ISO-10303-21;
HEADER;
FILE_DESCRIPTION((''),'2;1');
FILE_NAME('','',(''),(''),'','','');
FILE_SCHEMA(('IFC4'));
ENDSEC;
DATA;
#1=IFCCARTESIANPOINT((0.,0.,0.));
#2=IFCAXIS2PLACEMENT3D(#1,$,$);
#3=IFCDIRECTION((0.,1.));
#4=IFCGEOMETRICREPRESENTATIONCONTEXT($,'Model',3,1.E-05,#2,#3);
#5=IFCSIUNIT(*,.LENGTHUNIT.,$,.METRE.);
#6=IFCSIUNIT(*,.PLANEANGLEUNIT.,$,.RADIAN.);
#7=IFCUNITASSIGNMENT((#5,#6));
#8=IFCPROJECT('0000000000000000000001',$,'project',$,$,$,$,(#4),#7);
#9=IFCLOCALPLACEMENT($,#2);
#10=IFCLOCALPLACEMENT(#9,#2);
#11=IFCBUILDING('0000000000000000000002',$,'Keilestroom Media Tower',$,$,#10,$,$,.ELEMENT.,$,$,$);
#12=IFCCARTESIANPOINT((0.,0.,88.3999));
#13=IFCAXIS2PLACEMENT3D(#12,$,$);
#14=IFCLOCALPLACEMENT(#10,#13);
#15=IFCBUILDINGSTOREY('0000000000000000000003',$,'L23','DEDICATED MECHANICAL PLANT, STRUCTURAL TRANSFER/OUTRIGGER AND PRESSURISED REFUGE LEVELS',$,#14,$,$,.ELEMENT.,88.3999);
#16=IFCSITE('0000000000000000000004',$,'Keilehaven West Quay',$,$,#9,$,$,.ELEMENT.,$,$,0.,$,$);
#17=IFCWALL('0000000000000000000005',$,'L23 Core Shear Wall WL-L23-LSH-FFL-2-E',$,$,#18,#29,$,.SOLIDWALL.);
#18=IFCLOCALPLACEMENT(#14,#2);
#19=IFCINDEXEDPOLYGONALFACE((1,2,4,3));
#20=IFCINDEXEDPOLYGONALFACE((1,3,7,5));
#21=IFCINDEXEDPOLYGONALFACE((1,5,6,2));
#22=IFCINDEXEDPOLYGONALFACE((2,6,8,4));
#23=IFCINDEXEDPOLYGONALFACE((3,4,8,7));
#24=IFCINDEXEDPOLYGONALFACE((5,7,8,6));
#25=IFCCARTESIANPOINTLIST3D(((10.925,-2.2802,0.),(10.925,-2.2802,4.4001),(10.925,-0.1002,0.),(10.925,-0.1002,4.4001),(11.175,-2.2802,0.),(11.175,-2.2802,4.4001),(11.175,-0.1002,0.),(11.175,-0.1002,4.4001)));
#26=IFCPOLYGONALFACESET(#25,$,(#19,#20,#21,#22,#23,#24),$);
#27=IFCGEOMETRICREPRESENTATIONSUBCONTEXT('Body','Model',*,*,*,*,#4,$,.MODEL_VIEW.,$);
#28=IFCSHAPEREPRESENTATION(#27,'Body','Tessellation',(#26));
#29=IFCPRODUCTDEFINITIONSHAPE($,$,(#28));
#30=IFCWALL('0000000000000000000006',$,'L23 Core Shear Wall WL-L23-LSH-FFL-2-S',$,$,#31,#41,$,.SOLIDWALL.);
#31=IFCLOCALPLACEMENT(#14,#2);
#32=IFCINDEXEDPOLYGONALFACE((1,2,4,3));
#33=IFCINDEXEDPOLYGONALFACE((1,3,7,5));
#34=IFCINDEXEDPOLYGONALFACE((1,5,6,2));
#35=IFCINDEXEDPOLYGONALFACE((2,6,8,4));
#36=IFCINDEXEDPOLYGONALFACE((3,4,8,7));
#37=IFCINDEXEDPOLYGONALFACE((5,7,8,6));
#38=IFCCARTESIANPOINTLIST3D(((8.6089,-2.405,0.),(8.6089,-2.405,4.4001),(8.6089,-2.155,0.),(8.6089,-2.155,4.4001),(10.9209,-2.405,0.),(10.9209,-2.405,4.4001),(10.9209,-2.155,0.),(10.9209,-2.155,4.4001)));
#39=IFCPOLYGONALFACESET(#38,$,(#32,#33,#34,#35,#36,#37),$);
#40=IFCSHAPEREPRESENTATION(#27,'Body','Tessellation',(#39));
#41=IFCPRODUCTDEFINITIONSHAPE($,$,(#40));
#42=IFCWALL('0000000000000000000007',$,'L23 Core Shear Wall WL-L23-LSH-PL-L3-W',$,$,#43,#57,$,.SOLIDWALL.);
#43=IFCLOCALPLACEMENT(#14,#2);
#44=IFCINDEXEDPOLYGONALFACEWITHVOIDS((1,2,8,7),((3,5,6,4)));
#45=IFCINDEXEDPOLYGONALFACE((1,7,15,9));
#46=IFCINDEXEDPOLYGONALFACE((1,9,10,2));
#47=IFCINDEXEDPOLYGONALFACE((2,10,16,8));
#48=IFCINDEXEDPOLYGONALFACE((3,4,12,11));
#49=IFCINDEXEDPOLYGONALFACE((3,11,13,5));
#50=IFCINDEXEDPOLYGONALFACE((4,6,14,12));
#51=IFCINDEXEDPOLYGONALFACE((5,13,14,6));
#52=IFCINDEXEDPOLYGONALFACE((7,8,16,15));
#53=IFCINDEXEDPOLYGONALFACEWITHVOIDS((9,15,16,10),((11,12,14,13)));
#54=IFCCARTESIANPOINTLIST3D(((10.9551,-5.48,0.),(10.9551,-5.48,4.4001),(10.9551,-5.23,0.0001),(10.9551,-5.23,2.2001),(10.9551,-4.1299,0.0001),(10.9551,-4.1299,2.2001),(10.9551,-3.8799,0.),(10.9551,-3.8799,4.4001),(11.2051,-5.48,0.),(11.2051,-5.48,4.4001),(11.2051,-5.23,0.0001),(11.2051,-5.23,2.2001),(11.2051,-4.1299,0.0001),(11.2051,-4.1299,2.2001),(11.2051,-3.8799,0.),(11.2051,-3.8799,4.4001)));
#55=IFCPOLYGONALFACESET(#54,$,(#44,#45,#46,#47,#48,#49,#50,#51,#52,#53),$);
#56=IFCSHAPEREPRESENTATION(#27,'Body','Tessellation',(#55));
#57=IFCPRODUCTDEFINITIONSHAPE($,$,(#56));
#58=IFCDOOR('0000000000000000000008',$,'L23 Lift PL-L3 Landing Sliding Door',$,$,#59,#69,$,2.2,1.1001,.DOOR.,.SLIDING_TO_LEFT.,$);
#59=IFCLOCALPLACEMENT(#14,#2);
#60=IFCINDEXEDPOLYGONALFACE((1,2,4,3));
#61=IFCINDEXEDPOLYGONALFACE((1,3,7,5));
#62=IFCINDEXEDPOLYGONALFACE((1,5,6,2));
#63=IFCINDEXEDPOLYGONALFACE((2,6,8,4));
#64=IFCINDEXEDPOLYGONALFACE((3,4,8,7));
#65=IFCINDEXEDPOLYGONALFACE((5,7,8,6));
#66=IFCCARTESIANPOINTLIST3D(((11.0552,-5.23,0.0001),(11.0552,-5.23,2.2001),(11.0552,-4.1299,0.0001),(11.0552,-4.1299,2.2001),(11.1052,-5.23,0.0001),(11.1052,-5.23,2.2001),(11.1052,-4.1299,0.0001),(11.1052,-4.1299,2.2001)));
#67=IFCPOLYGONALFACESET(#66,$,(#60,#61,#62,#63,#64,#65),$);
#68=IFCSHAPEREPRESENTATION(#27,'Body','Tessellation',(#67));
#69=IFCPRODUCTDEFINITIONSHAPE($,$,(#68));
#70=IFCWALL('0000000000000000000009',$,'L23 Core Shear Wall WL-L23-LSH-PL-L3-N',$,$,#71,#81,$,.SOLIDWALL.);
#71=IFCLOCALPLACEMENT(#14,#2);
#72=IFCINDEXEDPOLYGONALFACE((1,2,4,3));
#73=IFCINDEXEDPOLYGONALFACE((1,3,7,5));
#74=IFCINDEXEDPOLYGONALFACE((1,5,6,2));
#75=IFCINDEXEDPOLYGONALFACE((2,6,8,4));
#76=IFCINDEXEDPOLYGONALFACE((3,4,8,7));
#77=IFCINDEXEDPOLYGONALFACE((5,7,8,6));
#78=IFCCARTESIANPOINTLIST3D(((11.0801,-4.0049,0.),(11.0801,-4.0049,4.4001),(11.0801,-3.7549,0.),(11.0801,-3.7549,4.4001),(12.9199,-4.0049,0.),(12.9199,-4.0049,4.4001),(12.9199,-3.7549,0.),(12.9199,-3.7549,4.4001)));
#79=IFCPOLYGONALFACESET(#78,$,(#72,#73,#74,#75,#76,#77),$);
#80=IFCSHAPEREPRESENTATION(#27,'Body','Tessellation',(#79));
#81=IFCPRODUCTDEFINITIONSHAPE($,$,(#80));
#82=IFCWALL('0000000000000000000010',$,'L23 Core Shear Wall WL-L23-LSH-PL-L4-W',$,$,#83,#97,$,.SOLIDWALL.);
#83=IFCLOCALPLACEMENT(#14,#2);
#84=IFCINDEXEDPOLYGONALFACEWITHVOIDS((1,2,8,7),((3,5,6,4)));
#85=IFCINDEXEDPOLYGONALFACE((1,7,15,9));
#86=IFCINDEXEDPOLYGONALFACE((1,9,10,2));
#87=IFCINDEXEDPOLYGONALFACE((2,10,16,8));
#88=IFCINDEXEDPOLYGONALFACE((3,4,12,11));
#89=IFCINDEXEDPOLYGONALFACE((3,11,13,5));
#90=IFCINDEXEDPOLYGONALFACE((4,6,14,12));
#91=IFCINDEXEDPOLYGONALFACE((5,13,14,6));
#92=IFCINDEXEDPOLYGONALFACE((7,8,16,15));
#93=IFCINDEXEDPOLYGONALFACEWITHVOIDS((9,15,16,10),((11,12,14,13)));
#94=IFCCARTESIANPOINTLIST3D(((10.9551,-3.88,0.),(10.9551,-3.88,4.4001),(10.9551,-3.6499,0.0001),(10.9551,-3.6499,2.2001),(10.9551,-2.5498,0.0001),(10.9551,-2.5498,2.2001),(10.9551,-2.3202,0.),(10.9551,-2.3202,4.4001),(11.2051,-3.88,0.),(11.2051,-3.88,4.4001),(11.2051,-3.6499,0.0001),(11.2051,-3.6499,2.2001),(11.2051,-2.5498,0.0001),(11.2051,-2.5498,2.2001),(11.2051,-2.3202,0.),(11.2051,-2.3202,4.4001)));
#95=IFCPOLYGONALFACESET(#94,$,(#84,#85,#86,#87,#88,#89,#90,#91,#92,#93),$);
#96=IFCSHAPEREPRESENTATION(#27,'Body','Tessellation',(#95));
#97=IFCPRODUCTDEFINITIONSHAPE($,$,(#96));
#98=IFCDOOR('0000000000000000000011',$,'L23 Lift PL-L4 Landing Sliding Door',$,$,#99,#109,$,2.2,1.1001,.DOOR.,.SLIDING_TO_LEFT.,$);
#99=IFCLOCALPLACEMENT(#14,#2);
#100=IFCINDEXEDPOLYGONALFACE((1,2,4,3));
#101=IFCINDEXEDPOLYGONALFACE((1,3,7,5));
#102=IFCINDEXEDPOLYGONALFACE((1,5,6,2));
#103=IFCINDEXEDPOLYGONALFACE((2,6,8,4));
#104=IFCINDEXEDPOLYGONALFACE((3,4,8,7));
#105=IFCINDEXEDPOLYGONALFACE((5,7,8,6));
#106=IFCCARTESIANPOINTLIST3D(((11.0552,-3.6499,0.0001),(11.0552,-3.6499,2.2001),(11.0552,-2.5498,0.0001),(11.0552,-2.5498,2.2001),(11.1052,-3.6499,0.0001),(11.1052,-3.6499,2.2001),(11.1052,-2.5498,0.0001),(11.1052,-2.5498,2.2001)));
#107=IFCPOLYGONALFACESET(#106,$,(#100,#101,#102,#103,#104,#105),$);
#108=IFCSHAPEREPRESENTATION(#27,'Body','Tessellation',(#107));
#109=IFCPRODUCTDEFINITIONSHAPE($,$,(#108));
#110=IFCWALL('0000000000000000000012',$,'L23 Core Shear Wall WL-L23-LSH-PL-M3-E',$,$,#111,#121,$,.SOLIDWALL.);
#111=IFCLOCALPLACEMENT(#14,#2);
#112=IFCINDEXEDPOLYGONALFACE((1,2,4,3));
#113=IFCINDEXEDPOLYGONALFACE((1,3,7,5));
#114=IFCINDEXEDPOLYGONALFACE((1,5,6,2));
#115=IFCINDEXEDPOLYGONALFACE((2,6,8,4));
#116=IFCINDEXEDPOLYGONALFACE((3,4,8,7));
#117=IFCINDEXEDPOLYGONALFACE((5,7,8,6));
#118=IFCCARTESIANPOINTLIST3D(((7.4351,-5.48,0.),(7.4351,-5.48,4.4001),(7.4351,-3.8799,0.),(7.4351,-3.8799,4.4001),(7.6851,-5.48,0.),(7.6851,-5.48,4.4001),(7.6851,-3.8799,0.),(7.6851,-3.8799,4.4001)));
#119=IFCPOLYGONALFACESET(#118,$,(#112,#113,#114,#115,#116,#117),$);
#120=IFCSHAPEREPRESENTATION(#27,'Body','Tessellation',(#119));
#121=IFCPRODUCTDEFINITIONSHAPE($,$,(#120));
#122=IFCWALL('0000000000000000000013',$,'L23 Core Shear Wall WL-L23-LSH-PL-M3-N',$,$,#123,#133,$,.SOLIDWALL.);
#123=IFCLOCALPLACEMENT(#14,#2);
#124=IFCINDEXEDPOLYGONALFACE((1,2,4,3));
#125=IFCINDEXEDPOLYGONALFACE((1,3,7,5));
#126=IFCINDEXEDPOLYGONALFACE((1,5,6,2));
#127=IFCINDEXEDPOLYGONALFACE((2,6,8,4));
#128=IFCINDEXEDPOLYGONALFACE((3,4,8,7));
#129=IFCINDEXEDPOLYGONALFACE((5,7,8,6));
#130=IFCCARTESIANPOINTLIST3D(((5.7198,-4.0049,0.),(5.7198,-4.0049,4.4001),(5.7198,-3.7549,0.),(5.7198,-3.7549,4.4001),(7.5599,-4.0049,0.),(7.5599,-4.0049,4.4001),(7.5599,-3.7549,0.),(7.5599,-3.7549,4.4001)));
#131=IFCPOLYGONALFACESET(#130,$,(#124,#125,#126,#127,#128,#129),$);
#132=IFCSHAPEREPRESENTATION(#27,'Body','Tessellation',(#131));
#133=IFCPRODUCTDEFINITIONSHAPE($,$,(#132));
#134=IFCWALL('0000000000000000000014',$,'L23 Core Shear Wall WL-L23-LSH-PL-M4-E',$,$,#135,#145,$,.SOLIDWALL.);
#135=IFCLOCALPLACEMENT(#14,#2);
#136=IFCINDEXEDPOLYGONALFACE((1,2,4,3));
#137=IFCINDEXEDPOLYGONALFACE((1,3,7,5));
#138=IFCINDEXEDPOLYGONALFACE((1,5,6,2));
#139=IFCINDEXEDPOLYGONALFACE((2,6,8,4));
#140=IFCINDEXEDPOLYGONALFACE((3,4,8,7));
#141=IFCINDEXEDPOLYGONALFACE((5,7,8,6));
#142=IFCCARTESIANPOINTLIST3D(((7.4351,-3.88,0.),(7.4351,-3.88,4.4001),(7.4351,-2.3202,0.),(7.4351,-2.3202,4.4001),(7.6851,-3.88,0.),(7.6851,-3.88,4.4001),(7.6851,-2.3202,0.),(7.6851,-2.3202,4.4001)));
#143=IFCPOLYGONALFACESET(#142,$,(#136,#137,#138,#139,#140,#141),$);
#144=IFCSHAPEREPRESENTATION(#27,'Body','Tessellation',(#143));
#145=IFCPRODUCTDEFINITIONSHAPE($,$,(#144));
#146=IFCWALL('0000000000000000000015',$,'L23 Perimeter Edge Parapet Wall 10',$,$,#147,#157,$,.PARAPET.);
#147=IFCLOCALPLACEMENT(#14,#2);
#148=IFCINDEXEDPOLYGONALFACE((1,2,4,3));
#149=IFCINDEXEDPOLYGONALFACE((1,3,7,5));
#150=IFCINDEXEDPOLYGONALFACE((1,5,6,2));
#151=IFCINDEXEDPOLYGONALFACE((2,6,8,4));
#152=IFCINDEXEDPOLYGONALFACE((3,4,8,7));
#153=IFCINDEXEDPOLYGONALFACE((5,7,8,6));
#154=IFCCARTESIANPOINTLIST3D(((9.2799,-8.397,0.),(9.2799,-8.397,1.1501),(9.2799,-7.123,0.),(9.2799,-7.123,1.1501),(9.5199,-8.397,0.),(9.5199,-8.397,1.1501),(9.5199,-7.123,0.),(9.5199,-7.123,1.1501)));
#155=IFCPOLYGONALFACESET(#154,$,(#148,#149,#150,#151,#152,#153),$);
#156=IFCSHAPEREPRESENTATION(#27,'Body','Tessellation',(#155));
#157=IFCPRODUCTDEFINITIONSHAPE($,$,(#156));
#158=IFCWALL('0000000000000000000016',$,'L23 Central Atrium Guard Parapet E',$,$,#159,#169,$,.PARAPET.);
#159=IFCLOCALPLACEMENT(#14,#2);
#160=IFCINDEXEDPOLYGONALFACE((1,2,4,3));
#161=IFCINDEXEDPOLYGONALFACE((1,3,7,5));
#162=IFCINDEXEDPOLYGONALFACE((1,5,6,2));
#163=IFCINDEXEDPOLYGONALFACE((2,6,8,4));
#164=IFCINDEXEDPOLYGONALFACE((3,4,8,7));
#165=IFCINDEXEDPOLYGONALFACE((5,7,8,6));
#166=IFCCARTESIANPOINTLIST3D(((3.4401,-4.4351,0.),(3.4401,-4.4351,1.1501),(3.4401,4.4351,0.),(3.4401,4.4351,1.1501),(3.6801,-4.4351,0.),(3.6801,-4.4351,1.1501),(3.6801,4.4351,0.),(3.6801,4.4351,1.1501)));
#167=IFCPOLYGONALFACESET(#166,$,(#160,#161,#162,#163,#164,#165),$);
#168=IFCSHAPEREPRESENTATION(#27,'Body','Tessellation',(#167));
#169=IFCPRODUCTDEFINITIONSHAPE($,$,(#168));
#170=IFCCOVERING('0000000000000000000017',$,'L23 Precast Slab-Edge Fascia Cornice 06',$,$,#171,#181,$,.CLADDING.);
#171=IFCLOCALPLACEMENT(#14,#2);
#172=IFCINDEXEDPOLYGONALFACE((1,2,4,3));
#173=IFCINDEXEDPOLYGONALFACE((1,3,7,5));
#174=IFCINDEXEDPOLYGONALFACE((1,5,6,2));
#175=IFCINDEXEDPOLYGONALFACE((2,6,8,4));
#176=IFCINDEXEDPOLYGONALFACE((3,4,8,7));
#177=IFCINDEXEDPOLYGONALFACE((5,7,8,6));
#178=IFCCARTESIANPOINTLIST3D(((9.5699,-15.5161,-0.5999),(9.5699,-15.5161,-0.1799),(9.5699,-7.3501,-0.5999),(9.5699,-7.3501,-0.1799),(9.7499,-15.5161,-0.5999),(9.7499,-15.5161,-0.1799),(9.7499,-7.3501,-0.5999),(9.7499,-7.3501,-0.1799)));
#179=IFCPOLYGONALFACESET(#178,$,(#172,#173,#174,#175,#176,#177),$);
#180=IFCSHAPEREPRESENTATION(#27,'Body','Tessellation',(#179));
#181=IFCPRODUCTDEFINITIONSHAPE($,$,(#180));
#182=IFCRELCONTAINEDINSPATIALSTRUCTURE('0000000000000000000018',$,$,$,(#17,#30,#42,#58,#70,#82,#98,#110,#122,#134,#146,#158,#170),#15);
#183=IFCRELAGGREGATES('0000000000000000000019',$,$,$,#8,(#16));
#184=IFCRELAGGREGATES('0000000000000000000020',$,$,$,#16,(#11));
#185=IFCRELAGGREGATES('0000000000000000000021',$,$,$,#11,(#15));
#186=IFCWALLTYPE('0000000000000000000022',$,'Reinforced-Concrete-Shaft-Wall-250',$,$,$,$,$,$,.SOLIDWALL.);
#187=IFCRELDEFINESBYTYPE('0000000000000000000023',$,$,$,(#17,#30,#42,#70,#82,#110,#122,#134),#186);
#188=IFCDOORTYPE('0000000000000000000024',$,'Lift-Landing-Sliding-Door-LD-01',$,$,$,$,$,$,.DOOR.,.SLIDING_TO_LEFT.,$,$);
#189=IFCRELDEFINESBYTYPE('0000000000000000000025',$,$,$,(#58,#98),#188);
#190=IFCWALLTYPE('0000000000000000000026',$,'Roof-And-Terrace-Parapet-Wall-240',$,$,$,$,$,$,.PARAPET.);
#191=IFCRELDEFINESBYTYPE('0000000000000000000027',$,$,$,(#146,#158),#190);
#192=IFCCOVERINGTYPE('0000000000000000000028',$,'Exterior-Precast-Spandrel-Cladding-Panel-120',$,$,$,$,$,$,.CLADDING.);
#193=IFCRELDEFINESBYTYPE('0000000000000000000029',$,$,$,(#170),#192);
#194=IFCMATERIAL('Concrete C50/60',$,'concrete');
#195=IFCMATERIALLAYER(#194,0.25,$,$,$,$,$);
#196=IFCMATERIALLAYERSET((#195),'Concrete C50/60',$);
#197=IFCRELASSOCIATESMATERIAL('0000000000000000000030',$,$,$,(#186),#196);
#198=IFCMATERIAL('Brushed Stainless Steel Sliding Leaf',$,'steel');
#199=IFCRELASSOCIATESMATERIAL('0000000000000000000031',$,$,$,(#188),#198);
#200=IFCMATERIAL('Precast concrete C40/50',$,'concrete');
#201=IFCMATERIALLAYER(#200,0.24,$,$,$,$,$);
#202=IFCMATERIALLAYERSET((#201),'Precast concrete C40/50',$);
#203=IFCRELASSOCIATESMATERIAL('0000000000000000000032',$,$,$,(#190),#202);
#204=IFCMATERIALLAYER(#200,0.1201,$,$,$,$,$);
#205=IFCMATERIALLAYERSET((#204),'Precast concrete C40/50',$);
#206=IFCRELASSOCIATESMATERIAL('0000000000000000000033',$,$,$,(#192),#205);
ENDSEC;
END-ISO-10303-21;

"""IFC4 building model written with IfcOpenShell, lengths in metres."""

from ifc_helpers import new_model, si_unit, direction, frame, frame_2d, origin, origin_2d, place, context, subcontext, project, spatial, rectangle, extrude, source, transform, mapped, material, layer, layer_set, type_object, element, fill, save


model = new_model("IFC4")

# Units and contexts
model_context = context("Model", 3, precision=1e-05, world=origin(), true_north=direction((0.0, 1.0)))
body_context = subcontext(model_context, "Body", "Model", "MODEL_VIEW")
ifc_project = project(units=[si_unit("LENGTHUNIT", "METRE"), si_unit("PLANEANGLEUNIT", "RADIAN")], contexts=[model_context])

# Site, building, storey
site_placement = place(None, origin())
site = spatial("IfcSite", under=ifc_project, at=site_placement, Name="Keilehaven West Quay", CompositionType="ELEMENT", RefElevation=0.0)
building_placement = place(site_placement, origin())
building = spatial("IfcBuilding", under=site, at=building_placement, Name="Keilestroom Media Tower", CompositionType="ELEMENT")
storey_placement = place(building_placement, frame((0.0, 0.0, 88.3999)))
storey = spatial("IfcBuildingStorey", under=building, at=storey_placement, Name="L23", Description="DEDICATED MECHANICAL PLANT, STRUCTURAL TRANSFER/OUTRIGGER AND PRESSURISED REFUGE LEVELS", CompositionType="ELEMENT", Elevation=88.3999)

# Shared definitions
ifc_material_1 = material(Name="Precast concrete C40/50", Category="concrete")

# Shared definitions
ifc_material_2 = material(Name="Concrete C50/60", Category="concrete")
ifc_layer_1 = layer(ifc_material_2, 0.25)
ifc_layer_set_1 = layer_set([ifc_layer_1], Name="Concrete C50/60")
wall_type_1 = type_object("IfcWallType", Name="Reinforced-Concrete-Shaft-Wall-250", PredefinedType="SOLIDWALL", material=ifc_layer_set_1)

# Shared definitions
ifc_material_3 = material(Name="Brushed Stainless Steel Sliding Leaf", Category="steel")

# Walls
wall_1_placement = place(storey_placement, frame((11.05, -2.28, 0.0), z_axis=(0.0, 0.0, 1.0), x_axis=(0.0, 1.0, 0.0)))
element("IfcWall", 1, at=wall_1_placement, inside=storey, type_object=wall_type_1, Name="L23 Core Shear Wall WL-L23-LSH-FFL-2-E", PredefinedType="SOLIDWALL", context=body_context, shape_type="SweptSolid", body=[
    extrude(rectangle(XDim=2.1799, YDim=0.25, at=frame_2d((1.0898, 0.0))), origin(), (0.0, 0.0, 1.0), 4.4001),
])
wall_2_placement = place(storey_placement, frame((8.6089, -2.28, 0.0), z_axis=(0.0, 0.0, 1.0), x_axis=(1.0, 0.0, 0.0)))
element("IfcWall", 2, at=wall_2_placement, inside=storey, type_object=wall_type_1, Name="L23 Core Shear Wall WL-L23-LSH-FFL-2-S", PredefinedType="SOLIDWALL", context=body_context, shape_type="SweptSolid", body=[
    extrude(rectangle(XDim=2.312, YDim=0.25, at=frame_2d((1.156, 0.0))), origin(), (0.0, 0.0, 1.0), 4.4001),
])

# Wall, opening, door
wall_3_placement = place(storey_placement, frame((11.0801, -5.48, 0.0), z_axis=(0.0, 0.0, 1.0), x_axis=(0.0, 1.0, 0.0)))
wall_3 = element("IfcWall", 3, at=wall_3_placement, inside=storey, type_object=wall_type_1, Name="L23 Core Shear Wall WL-L23-LSH-PL-L3-W", PredefinedType="SOLIDWALL", context=body_context, shape_type="SweptSolid", body=[
    extrude(rectangle(XDim=1.6001, YDim=0.25, at=frame_2d((0.8, 0.0))), origin(), (0.0, 0.0, 1.0), 4.4001),
])
opening_1_placement = place(wall_3_placement, frame((0.25, 0.0, 0.0)))
opening_1 = element("IfcOpeningElement", 4, at=opening_1_placement, cuts=wall_3, PredefinedType="OPENING", context=body_context, shape_type="SweptSolid", body=[
    extrude(rectangle(XDim=1.1001, YDim=2.2, at=frame_2d((0.55, 1.1001))), frame((0.0, 0.135, 0.0), z_axis=(0.0, -1.0, 0.0), x_axis=(1.0, 0.0, 0.0)), (0.0, 0.0, 1.0), 0.27),
])
door_type_1 = type_object("IfcDoorType", Name="Lift-Landing-Sliding-Door-LD-01", OperationType="SLIDING_TO_LEFT", PredefinedType="DOOR", material=ifc_material_3)
shared_shape_1 = source(origin(), body_context, "Body", "SweptSolid", [
    extrude(rectangle(XDim=1.1001, YDim=2.2, at=frame_2d((0.55, 1.1001))), frame((0.0, 0.0249, 0.0), z_axis=(0.0, -1.0, 0.0), x_axis=(1.0, 0.0, 0.0)), (0.0, 0.0, 1.0), 0.05),
])
door_1_placement = place(opening_1_placement, origin())
door_1 = element("IfcDoor", 5, at=door_1_placement, inside=storey, type_object=door_type_1, Name="L23 Lift PL-L3 Landing Sliding Door", OperationType="SLIDING_TO_LEFT", OverallHeight=2.2, OverallWidth=1.1001, PredefinedType="DOOR", context=body_context, shape_type="MappedRepresentation", body=[
    mapped(shared_shape_1, transform((0.0, 0.0, 0.0), x_axis=(1.0, 0.0, 0.0), y_axis=(0.0, 1.0, 0.0), z_axis=(0.0, 0.0, 1.0), scale=1.0)),
])
fill(opening_1, door_1)

# Wall
wall_4_placement = place(storey_placement, frame((11.0801, -3.8799, 0.0), z_axis=(0.0, 0.0, 1.0), x_axis=(1.0, 0.0, 0.0)))
element("IfcWall", 6, at=wall_4_placement, inside=storey, type_object=wall_type_1, Name="L23 Core Shear Wall WL-L23-LSH-PL-L3-N", PredefinedType="SOLIDWALL", context=body_context, shape_type="SweptSolid", body=[
    extrude(rectangle(XDim=1.8398, YDim=0.25, at=frame_2d((0.9199, 0.0))), origin(), (0.0, 0.0, 1.0), 4.4001),
])

# Wall, opening, door
wall_5_placement = place(storey_placement, frame((11.0801, -3.8799, 0.0), z_axis=(0.0, 0.0, 1.0), x_axis=(0.0, 1.0, 0.0)))
wall_5 = element("IfcWall", 7, at=wall_5_placement, inside=storey, type_object=wall_type_1, Name="L23 Core Shear Wall WL-L23-LSH-PL-L4-W", PredefinedType="SOLIDWALL", context=body_context, shape_type="SweptSolid", body=[
    extrude(rectangle(XDim=1.5598, YDim=0.25, at=frame_2d((0.7798, 0.0))), origin(), (0.0, 0.0, 1.0), 4.4001),
])
opening_2_placement = place(wall_5_placement, frame((0.23, 0.0, 0.0)))
opening_2 = element("IfcOpeningElement", 8, at=opening_2_placement, cuts=wall_5, PredefinedType="OPENING", context=body_context, shape_type="SweptSolid", body=[
    extrude(rectangle(XDim=1.1001, YDim=2.2, at=frame_2d((0.55, 1.1001))), frame((0.0, 0.135, 0.0), z_axis=(0.0, -1.0, 0.0), x_axis=(1.0, 0.0, 0.0)), (0.0, 0.0, 1.0), 0.27),
])
door_2_placement = place(opening_2_placement, origin())
door_2 = element("IfcDoor", 9, at=door_2_placement, inside=storey, type_object=door_type_1, Name="L23 Lift PL-L4 Landing Sliding Door", OperationType="SLIDING_TO_LEFT", OverallHeight=2.2, OverallWidth=1.1001, PredefinedType="DOOR", context=body_context, shape_type="MappedRepresentation", body=[
    mapped(shared_shape_1, transform((0.0, 0.0, 0.0), x_axis=(1.0, 0.0, 0.0), y_axis=(0.0, 1.0, 0.0), z_axis=(0.0, 0.0, 1.0), scale=1.0)),
])
fill(opening_2, door_2)

# Walls
wall_6_placement = place(storey_placement, frame((7.5601, -5.48, 0.0), z_axis=(0.0, 0.0, 1.0), x_axis=(0.0, 1.0, 0.0)))
element("IfcWall", 10, at=wall_6_placement, inside=storey, type_object=wall_type_1, Name="L23 Core Shear Wall WL-L23-LSH-PL-M3-E", PredefinedType="SOLIDWALL", context=body_context, shape_type="SweptSolid", body=[
    extrude(rectangle(XDim=1.6001, YDim=0.25, at=frame_2d((0.8, 0.0))), origin(), (0.0, 0.0, 1.0), 4.4001),
])
wall_7_placement = place(storey_placement, frame((5.72, -3.8799, 0.0), z_axis=(0.0, 0.0, 1.0), x_axis=(1.0, 0.0, 0.0)))
element("IfcWall", 11, at=wall_7_placement, inside=storey, type_object=wall_type_1, Name="L23 Core Shear Wall WL-L23-LSH-PL-M3-N", PredefinedType="SOLIDWALL", context=body_context, shape_type="SweptSolid", body=[
    extrude(rectangle(XDim=1.8401, YDim=0.25, at=frame_2d((0.9199, 0.0))), origin(), (0.0, 0.0, 1.0), 4.4001),
])
wall_8_placement = place(storey_placement, frame((7.5601, -3.8799, 0.0), z_axis=(0.0, 0.0, 1.0), x_axis=(0.0, 1.0, 0.0)))
element("IfcWall", 12, at=wall_8_placement, inside=storey, type_object=wall_type_1, Name="L23 Core Shear Wall WL-L23-LSH-PL-M4-E", PredefinedType="SOLIDWALL", context=body_context, shape_type="SweptSolid", body=[
    extrude(rectangle(XDim=1.5598, YDim=0.25, at=frame_2d((0.7798, 0.0))), origin(), (0.0, 0.0, 1.0), 4.4001),
])
ifc_layer_2 = layer(ifc_material_1, 0.24)
ifc_layer_set_2 = layer_set([ifc_layer_2], Name="Precast concrete C40/50")
wall_type_2 = type_object("IfcWallType", Name="Roof-And-Terrace-Parapet-Wall-240", PredefinedType="PARAPET", material=ifc_layer_set_2)
wall_9_placement = place(storey_placement, frame((9.3999, -7.123, 0.0), z_axis=(0.0, 0.0, 1.0), x_axis=(0.0, -1.0, 0.0)))
element("IfcWall", 13, at=wall_9_placement, inside=storey, type_object=wall_type_2, Name="L23 Perimeter Edge Parapet Wall 10", PredefinedType="PARAPET", context=body_context, shape_type="SweptSolid", body=[
    extrude(rectangle(XDim=1.2739, YDim=0.24, at=frame_2d((0.637, 0.0))), origin(), (0.0, 0.0, 1.0), 1.1501),
])
wall_10_placement = place(storey_placement, frame((3.5601, -4.4351, 0.0), z_axis=(0.0, 0.0, 1.0), x_axis=(0.0, 1.0, 0.0)))
element("IfcWall", 14, at=wall_10_placement, inside=storey, type_object=wall_type_2, Name="L23 Central Atrium Guard Parapet E", PredefinedType="PARAPET", context=body_context, shape_type="SweptSolid", body=[
    extrude(rectangle(XDim=8.8701, YDim=0.24, at=frame_2d((4.4351, 0.0))), origin(), (0.0, 0.0, 1.0), 1.1501),
])

# Covering
ifc_layer_3 = layer(ifc_material_1, 0.1201)
ifc_layer_set_3 = layer_set([ifc_layer_3], Name="Precast concrete C40/50")
covering_type = type_object("IfcCoveringType", Name="Exterior-Precast-Spandrel-Cladding-Panel-120", PredefinedType="CLADDING", material=ifc_layer_set_3)
shared_shape_2 = source(origin(), body_context, "Body", "SweptSolid", [
    extrude(rectangle(XDim=8.166, YDim=0.1799, at=origin_2d()), origin(), (0.0, 0.0, 1.0), 0.4199),
])
covering_placement = place(storey_placement, frame((9.6599, -11.4331, -0.5999), z_axis=(0.0, 0.0, 1.0), x_axis=(0.0, -1.0, 0.0)))
element("IfcCovering", 15, at=covering_placement, inside=storey, type_object=covering_type, Name="L23 Precast Slab-Edge Fascia Cornice 06", PredefinedType="CLADDING", context=body_context, shape_type="MappedRepresentation", body=[
    mapped(shared_shape_2, transform((0.0, 0.0, 0.0), x_axis=(1.0, 0.0, 0.0), y_axis=(0.0, 1.0, 0.0), z_axis=(0.0, 0.0, 1.0), scale=1.0)),
])

save(model, "model.ifc")
